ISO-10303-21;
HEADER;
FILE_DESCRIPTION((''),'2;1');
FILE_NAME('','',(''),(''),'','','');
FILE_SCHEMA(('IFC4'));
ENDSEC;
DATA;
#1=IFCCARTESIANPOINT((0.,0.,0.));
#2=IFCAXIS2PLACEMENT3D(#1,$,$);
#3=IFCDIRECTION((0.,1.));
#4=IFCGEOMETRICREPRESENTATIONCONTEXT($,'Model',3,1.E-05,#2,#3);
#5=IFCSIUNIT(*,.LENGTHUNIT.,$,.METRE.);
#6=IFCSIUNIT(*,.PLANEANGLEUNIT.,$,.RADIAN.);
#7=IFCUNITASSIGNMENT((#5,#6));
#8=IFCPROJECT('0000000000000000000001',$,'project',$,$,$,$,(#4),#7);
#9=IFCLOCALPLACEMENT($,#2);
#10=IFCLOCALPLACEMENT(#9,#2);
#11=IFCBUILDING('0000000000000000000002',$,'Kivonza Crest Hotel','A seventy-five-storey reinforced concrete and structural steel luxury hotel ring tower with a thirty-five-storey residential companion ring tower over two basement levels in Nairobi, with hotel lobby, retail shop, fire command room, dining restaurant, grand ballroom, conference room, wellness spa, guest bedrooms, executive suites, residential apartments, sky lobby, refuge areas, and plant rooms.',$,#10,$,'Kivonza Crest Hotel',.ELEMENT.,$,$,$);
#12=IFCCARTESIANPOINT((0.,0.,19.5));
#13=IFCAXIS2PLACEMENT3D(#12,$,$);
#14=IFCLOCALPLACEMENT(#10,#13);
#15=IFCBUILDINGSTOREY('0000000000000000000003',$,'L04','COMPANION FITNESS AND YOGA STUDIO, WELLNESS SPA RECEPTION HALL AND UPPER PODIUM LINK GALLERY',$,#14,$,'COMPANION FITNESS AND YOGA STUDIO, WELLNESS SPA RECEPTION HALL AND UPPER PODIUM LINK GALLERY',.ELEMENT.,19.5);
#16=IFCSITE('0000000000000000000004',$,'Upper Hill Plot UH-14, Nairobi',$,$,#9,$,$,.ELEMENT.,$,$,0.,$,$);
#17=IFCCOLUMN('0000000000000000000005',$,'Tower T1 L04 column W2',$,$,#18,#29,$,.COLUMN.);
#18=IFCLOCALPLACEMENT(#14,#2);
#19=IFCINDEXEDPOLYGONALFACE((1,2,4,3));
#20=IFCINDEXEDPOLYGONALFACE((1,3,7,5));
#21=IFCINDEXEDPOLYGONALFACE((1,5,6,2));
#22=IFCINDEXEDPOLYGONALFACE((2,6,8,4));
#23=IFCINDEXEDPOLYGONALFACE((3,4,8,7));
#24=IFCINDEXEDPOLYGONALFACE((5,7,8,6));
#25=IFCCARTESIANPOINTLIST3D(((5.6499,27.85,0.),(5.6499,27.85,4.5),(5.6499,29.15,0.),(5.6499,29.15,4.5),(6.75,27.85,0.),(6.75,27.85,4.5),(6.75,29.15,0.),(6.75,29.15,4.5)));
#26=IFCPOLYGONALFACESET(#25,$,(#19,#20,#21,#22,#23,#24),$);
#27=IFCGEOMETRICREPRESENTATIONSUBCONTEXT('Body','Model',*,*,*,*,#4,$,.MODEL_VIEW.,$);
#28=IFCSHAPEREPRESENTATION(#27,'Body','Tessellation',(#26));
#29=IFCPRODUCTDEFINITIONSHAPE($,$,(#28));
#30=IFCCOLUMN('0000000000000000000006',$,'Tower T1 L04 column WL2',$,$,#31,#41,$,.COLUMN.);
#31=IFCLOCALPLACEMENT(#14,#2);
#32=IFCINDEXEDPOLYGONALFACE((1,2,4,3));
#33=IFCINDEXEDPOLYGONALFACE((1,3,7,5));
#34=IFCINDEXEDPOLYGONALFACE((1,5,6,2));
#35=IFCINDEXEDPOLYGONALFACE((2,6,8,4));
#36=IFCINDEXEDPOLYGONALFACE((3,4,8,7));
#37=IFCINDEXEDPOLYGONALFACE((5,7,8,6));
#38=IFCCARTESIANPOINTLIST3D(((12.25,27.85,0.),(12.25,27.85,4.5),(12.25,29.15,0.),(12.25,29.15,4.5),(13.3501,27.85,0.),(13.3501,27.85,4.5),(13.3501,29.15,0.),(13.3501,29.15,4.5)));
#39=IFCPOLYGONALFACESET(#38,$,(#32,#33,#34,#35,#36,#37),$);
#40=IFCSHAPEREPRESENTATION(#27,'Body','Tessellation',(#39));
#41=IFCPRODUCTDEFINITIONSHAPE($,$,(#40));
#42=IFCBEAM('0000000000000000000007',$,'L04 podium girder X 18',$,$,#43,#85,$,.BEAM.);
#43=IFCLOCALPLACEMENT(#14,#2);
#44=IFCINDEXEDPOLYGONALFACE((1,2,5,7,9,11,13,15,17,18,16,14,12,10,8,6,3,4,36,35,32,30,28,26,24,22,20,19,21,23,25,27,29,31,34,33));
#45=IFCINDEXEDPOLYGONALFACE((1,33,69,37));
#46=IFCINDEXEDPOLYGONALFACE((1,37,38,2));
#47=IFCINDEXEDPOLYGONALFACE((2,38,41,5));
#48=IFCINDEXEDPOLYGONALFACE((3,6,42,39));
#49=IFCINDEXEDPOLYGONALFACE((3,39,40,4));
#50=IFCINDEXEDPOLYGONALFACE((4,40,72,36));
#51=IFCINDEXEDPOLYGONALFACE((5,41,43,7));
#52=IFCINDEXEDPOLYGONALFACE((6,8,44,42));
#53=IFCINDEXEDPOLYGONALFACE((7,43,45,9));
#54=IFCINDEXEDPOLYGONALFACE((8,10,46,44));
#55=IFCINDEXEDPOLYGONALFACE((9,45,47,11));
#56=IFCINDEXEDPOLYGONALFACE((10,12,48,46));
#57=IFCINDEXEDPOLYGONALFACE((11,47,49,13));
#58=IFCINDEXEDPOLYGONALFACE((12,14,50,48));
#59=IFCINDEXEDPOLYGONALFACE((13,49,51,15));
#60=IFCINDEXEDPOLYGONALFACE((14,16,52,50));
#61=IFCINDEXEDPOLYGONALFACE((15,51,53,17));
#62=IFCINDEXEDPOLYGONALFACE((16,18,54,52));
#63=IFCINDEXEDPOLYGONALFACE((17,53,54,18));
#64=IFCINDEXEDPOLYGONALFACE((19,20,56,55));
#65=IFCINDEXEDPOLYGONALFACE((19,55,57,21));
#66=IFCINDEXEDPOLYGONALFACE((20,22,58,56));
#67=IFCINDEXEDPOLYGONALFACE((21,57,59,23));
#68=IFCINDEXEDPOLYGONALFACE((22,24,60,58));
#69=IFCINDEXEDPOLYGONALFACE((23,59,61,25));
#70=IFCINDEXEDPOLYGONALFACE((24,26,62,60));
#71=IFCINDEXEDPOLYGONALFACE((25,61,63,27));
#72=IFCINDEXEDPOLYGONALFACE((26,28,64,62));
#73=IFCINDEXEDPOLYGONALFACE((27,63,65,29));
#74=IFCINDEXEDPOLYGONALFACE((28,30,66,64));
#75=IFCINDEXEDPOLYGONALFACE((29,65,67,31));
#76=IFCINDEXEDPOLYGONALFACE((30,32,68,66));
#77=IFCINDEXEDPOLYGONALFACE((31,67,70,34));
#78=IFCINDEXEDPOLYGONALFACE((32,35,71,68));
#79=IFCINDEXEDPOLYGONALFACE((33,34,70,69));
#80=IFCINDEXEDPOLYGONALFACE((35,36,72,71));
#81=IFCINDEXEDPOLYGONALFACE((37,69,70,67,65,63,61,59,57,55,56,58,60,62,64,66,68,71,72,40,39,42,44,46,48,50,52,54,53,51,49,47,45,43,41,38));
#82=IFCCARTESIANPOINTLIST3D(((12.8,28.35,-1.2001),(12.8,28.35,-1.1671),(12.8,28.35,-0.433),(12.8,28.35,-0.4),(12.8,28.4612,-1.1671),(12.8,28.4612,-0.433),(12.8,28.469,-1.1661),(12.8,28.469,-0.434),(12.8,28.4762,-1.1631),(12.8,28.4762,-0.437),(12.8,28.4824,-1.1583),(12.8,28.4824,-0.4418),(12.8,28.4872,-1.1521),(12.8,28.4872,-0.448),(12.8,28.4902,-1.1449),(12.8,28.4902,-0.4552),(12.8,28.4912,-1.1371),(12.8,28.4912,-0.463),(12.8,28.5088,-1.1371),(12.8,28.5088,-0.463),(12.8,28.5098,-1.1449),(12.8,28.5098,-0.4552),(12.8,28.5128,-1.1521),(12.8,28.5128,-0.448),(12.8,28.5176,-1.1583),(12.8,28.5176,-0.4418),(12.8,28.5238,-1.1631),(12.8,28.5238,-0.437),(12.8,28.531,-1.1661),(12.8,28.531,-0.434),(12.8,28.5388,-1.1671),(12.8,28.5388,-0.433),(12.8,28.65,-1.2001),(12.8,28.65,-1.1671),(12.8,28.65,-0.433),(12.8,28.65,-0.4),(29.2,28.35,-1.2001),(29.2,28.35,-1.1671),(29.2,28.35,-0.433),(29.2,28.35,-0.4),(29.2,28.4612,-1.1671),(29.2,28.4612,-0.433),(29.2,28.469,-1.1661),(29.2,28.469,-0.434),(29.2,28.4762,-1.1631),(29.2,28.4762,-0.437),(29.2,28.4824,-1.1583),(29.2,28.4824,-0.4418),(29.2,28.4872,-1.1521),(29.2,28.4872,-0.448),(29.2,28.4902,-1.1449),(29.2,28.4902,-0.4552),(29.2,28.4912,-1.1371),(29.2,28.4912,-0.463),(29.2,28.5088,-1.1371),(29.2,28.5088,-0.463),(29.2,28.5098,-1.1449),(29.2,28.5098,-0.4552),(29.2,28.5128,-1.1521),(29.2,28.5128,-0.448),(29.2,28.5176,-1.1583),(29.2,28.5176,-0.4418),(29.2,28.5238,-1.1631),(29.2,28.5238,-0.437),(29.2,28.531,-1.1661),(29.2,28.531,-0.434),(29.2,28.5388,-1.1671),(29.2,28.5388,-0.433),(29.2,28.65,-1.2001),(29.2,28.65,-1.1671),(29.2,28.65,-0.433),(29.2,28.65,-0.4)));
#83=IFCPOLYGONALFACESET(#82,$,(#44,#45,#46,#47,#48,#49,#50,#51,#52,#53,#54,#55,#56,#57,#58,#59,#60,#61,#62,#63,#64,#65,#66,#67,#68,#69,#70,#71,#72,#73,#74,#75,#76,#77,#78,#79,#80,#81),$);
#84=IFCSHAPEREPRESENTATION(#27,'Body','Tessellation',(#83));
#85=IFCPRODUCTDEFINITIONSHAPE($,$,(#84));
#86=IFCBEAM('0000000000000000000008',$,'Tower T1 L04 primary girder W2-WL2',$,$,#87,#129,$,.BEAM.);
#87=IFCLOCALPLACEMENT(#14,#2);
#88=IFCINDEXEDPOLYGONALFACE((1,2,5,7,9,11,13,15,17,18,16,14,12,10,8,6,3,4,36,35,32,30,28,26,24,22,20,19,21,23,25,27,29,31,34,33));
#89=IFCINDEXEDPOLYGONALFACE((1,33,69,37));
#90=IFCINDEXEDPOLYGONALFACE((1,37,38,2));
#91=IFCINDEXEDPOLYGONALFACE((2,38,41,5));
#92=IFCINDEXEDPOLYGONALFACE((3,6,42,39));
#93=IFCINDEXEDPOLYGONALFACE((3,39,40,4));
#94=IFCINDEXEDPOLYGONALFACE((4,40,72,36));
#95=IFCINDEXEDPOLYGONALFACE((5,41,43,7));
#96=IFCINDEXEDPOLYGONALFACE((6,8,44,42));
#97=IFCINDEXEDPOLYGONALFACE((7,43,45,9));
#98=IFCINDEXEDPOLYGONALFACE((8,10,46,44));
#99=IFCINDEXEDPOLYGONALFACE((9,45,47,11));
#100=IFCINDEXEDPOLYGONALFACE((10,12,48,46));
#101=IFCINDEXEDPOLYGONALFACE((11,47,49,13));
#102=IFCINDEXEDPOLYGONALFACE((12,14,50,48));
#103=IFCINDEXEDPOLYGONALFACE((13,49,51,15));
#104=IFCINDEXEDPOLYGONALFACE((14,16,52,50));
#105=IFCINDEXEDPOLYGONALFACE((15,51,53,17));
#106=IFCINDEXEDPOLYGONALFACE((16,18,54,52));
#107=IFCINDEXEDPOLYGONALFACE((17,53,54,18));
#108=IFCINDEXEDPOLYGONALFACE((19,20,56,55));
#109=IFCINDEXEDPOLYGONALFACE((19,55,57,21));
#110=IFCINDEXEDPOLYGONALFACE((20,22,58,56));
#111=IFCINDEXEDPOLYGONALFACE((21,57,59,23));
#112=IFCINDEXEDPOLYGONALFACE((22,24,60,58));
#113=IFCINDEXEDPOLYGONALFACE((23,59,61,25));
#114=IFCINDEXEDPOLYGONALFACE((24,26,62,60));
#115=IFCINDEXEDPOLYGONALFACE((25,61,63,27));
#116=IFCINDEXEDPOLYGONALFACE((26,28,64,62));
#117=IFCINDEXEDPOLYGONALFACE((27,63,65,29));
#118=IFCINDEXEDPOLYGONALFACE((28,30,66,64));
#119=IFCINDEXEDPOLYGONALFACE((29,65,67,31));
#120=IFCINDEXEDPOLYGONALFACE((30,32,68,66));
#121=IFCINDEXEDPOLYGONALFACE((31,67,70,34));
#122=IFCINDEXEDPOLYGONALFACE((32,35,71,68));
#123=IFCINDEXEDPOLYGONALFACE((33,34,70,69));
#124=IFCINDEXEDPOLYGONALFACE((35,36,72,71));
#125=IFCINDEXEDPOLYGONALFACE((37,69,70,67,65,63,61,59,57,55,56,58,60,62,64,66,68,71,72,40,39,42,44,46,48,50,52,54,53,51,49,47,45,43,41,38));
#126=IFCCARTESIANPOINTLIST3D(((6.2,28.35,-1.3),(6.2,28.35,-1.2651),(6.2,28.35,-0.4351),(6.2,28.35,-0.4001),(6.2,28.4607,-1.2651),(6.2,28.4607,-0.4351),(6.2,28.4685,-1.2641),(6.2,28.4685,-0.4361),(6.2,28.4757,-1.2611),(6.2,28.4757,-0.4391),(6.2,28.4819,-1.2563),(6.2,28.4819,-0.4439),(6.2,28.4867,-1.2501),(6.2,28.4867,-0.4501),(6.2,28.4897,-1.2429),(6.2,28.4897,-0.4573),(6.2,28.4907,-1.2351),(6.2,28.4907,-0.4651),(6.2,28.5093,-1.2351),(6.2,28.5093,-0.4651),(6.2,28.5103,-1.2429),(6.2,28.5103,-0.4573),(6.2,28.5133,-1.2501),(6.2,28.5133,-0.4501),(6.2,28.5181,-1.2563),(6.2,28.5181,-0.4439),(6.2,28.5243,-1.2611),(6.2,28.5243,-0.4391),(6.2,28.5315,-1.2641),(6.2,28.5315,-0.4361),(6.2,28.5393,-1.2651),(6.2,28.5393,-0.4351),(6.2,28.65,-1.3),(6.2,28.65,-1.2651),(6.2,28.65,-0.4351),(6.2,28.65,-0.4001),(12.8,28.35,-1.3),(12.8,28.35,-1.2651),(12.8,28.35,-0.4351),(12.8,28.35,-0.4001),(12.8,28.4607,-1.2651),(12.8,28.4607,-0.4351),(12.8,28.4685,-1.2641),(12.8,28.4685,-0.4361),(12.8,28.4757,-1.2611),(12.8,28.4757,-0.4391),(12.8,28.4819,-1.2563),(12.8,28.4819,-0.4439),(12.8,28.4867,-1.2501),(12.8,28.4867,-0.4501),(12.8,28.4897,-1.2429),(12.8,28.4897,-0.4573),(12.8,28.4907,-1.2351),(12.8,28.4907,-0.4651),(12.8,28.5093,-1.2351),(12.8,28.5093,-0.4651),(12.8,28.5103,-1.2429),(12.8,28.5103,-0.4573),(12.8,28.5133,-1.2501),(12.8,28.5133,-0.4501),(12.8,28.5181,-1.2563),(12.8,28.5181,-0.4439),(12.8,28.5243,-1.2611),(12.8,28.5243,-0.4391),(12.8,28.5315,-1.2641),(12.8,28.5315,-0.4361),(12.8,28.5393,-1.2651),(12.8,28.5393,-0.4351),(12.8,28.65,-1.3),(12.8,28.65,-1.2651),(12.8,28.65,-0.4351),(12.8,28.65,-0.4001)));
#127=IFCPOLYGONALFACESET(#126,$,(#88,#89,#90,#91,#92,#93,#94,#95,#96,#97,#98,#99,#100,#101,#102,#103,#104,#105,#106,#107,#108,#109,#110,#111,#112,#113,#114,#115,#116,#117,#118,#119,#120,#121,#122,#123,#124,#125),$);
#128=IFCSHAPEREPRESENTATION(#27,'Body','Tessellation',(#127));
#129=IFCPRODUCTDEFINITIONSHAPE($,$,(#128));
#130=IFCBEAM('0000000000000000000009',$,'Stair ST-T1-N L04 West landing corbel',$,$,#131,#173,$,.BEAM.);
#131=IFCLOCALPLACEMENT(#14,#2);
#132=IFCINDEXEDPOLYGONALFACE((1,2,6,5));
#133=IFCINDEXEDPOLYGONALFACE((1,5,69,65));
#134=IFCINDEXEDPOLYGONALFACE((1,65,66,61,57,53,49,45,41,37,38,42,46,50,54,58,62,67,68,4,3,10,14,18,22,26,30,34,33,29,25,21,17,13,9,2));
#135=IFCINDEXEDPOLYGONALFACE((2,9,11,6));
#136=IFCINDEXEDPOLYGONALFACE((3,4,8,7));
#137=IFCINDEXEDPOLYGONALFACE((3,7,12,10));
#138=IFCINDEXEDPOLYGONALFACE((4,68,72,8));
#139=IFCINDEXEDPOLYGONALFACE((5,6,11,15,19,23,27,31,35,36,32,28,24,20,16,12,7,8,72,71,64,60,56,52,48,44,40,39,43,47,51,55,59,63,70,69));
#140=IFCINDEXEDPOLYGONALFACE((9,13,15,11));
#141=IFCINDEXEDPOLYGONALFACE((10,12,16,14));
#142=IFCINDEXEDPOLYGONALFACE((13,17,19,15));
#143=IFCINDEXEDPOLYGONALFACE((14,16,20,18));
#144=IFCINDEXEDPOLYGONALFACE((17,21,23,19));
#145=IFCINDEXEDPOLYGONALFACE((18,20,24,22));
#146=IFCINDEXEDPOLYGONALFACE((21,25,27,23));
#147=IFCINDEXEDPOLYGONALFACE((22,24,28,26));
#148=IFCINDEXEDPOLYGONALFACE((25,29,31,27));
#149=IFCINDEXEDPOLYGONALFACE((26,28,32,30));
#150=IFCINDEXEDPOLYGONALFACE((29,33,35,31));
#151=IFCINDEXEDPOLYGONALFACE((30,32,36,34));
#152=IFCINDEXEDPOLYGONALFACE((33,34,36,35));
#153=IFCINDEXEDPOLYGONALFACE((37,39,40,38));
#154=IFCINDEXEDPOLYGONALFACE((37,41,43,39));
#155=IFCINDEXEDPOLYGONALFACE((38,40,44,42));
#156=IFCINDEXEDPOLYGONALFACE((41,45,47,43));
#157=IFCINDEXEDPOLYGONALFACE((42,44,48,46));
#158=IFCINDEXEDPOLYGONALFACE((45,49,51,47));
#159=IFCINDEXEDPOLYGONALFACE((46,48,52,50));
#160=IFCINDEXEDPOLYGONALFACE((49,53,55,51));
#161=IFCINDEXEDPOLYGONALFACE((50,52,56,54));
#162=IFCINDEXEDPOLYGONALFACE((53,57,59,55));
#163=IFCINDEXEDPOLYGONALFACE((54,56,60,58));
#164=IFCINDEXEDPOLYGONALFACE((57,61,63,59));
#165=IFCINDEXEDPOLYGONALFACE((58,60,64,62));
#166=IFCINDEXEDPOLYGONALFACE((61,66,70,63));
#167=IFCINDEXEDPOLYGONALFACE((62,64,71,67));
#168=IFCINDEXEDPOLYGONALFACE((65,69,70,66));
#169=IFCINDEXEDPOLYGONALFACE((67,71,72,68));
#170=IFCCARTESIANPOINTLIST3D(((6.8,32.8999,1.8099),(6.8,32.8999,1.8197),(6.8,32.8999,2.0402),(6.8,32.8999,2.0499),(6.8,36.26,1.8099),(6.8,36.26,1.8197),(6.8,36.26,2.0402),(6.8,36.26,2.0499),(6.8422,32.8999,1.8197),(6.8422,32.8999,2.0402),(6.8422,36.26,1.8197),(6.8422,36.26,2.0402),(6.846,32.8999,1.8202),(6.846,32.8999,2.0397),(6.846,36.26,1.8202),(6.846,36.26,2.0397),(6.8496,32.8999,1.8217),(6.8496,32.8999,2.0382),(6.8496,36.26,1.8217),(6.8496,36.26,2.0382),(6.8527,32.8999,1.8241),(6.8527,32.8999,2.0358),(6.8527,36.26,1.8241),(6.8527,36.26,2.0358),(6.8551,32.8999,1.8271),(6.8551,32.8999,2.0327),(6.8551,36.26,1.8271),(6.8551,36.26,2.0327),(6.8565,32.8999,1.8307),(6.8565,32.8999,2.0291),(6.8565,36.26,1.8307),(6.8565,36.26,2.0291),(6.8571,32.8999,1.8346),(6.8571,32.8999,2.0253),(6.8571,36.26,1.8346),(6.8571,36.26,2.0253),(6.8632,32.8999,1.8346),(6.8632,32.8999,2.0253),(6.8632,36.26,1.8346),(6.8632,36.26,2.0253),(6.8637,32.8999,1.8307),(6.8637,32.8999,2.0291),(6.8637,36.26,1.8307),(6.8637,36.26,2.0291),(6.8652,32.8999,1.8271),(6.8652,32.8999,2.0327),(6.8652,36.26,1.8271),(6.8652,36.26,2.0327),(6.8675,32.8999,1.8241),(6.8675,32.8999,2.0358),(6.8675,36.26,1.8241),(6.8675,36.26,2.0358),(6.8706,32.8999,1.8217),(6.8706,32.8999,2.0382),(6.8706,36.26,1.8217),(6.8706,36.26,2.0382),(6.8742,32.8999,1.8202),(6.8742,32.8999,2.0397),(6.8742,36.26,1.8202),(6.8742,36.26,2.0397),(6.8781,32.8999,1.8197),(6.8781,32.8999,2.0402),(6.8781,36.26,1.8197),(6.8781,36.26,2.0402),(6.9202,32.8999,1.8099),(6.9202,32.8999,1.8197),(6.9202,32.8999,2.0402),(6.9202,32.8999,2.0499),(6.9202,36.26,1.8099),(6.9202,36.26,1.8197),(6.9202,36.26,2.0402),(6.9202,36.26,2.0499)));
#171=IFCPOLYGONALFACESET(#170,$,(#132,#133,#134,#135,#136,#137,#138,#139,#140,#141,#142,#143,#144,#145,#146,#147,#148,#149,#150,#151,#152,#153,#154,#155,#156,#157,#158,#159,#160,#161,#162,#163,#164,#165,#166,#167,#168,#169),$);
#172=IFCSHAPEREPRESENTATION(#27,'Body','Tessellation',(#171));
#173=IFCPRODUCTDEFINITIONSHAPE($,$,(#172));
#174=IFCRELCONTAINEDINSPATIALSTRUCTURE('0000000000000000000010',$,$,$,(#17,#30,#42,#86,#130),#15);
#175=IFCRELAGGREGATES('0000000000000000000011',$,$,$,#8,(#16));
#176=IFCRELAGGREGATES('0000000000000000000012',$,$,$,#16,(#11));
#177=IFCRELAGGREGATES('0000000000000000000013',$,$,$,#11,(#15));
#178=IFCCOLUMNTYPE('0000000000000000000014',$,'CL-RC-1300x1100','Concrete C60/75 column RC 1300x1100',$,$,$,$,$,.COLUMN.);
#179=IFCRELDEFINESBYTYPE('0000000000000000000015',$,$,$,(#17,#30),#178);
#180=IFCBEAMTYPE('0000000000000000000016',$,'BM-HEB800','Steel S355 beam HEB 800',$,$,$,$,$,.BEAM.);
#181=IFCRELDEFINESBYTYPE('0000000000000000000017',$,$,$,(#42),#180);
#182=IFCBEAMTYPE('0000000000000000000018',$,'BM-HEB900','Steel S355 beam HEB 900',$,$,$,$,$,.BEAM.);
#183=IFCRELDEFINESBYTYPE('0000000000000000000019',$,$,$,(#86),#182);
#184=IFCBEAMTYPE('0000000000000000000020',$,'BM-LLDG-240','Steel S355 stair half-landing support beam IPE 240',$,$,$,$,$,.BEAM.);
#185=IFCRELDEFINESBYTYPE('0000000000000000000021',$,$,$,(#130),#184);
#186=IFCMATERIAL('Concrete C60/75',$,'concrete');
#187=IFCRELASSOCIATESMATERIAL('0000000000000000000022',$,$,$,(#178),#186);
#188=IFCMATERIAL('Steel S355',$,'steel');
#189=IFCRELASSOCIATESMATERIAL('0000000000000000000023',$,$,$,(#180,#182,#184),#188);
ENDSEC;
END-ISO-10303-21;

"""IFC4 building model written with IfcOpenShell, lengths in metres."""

from ifc_helpers import new_model, si_unit, direction, frame, origin, origin_2d, place, context, subcontext, project, spatial, rectangle, i_section, extrude, material, material_profile, profile_set, type_object, element, save


model = new_model("IFC4")

# Units and contexts
model_context = context("Model", 3, precision=1e-05, world=origin(), true_north=direction((0.0, 1.0)))
body_context = subcontext(model_context, "Body", "Model", "MODEL_VIEW")
ifc_project = project(units=[si_unit("LENGTHUNIT", "METRE"), si_unit("PLANEANGLEUNIT", "RADIAN")], contexts=[model_context])

# Site, building, storey
site_placement = place(None, origin())
site = spatial("IfcSite", under=ifc_project, at=site_placement, Name="Upper Hill Plot UH-14, Nairobi", CompositionType="ELEMENT", RefElevation=0.0)
building_placement = place(site_placement, origin())
building = spatial("IfcBuilding", under=site, at=building_placement, Name="Kivonza Crest Hotel", Description="A seventy-five-storey reinforced concrete and structural steel luxury hotel ring tower with a thirty-five-storey residential companion ring tower over two basement levels in Nairobi, with hotel lobby, retail shop, fire command room, dining restaurant, grand ballroom, conference room, wellness spa, guest bedrooms, executive suites, residential apartments, sky lobby, refuge areas, and plant rooms.", LongName="Kivonza Crest Hotel", CompositionType="ELEMENT")
storey_placement = place(building_placement, frame((0.0, 0.0, 19.5)))
storey = spatial("IfcBuildingStorey", under=building, at=storey_placement, Name="L04", Description="COMPANION FITNESS AND YOGA STUDIO, WELLNESS SPA RECEPTION HALL AND UPPER PODIUM LINK GALLERY", LongName="COMPANION FITNESS AND YOGA STUDIO, WELLNESS SPA RECEPTION HALL AND UPPER PODIUM LINK GALLERY", CompositionType="ELEMENT", Elevation=19.5)

# Columns
ifc_material_1 = material(Name="Concrete C60/75", Category="concrete")
ifc_material_profile_1 = material_profile(ifc_material_1, rectangle(XDim=1.1001, YDim=1.3, at=origin_2d()), Name="RC 1300x1100")
ifc_profile_set_1 = profile_set([ifc_material_profile_1], Name="Concrete C60/75")
column_type = type_object("IfcColumnType", Name="CL-RC-1300x1100", Description="Concrete C60/75 column RC 1300x1100", PredefinedType="COLUMN", material=ifc_profile_set_1)
for number, where, z_axis, x_axis, name in (
    (1, (6.2, 28.5, 0.0), (0.0, 0.0, 1.0), (1.0, 0.0, 0.0), "Tower T1 L04 column W2"),
    (2, (12.8, 28.5, 0.0), (0.0, 0.0, 1.0), (1.0, 0.0, 0.0), "Tower T1 L04 column WL2"),
):
    element("IfcColumn", number, at=place(storey_placement, frame(where, z_axis=z_axis, x_axis=x_axis)), inside=storey, type_object=column_type, Name=name, PredefinedType="COLUMN", context=body_context, shape_type="SweptSolid", body=[
        extrude(rectangle(XDim=1.1001, YDim=1.3, at=origin_2d()), origin(), (0.0, 0.0, 1.0), 4.5),
    ])

# Beams
ifc_material_2 = material(Name="Steel S355", Category="steel")
ifc_material_profile_2 = material_profile(ifc_material_2, i_section(OverallWidth=0.3, OverallDepth=0.8, WebThickness=0.0176, FlangeThickness=0.033, FilletRadius=0.03, at=origin_2d()), Name="HEB 800")
ifc_profile_set_2 = profile_set([ifc_material_profile_2], Name="Steel S355")
beam_type_1 = type_object("IfcBeamType", Name="BM-HEB800", Description="Steel S355 beam HEB 800", PredefinedType="BEAM", material=ifc_profile_set_2)
beam_1_placement = place(storey_placement, frame((12.8, 28.5, -0.8), z_axis=(1.0, 0.0, 0.0), x_axis=(0.0, 1.0, 0.0)))
element("IfcBeam", 3, at=beam_1_placement, inside=storey, type_object=beam_type_1, Name="L04 podium girder X 18", PredefinedType="BEAM", context=body_context, shape_type="SweptSolid", body=[
    extrude(i_section(OverallWidth=0.3, OverallDepth=0.8, WebThickness=0.0176, FlangeThickness=0.033, FilletRadius=0.03, at=origin_2d()), origin(), (0.0, 0.0, 1.0), 16.3999),
])
ifc_material_profile_3 = material_profile(ifc_material_2, i_section(OverallWidth=0.3, OverallDepth=0.8999, WebThickness=0.0186, FlangeThickness=0.0349, FilletRadius=0.03, at=origin_2d()), Name="HEB 900")
ifc_profile_set_3 = profile_set([ifc_material_profile_3], Name="Steel S355")
beam_type_2 = type_object("IfcBeamType", Name="BM-HEB900", Description="Steel S355 beam HEB 900", PredefinedType="BEAM", material=ifc_profile_set_3)
beam_2_placement = place(storey_placement, frame((6.2, 28.5, -0.8501), z_axis=(1.0, 0.0, 0.0), x_axis=(0.0, 1.0, 0.0)))
element("IfcBeam", 4, at=beam_2_placement, inside=storey, type_object=beam_type_2, Name="Tower T1 L04 primary girder W2-WL2", PredefinedType="BEAM", context=body_context, shape_type="SweptSolid", body=[
    extrude(i_section(OverallWidth=0.3, OverallDepth=0.8999, WebThickness=0.0186, FlangeThickness=0.0349, FilletRadius=0.03, at=origin_2d()), origin(), (0.0, 0.0, 1.0), 6.6001),
])
ifc_material_profile_4 = material_profile(ifc_material_2, i_section(OverallWidth=0.1201, OverallDepth=0.24, WebThickness=0.0061, FlangeThickness=0.0098, FilletRadius=0.0149, at=origin_2d()), Name="IPE 240")
ifc_profile_set_4 = profile_set([ifc_material_profile_4], Name="Steel S355")
beam_type_3 = type_object("IfcBeamType", Name="BM-LLDG-240", Description="Steel S355 stair half-landing support beam IPE 240", PredefinedType="BEAM", material=ifc_profile_set_4)
beam_3_placement = place(storey_placement, frame((6.8601, 32.8999, 1.9299), z_axis=(0.0, 1.0, 0.0), x_axis=(-1.0, 0.0, 0.0)))
element("IfcBeam", 5, at=beam_3_placement, inside=storey, type_object=beam_type_3, Name="Stair ST-T1-N L04 West landing corbel", PredefinedType="BEAM", context=body_context, shape_type="SweptSolid", body=[
    extrude(i_section(OverallWidth=0.1201, OverallDepth=0.24, WebThickness=0.0061, FlangeThickness=0.0098, FilletRadius=0.0149, at=origin_2d()), origin(), (0.0, 0.0, 1.0), 3.3601),
])

save(model, "model.ifc")
